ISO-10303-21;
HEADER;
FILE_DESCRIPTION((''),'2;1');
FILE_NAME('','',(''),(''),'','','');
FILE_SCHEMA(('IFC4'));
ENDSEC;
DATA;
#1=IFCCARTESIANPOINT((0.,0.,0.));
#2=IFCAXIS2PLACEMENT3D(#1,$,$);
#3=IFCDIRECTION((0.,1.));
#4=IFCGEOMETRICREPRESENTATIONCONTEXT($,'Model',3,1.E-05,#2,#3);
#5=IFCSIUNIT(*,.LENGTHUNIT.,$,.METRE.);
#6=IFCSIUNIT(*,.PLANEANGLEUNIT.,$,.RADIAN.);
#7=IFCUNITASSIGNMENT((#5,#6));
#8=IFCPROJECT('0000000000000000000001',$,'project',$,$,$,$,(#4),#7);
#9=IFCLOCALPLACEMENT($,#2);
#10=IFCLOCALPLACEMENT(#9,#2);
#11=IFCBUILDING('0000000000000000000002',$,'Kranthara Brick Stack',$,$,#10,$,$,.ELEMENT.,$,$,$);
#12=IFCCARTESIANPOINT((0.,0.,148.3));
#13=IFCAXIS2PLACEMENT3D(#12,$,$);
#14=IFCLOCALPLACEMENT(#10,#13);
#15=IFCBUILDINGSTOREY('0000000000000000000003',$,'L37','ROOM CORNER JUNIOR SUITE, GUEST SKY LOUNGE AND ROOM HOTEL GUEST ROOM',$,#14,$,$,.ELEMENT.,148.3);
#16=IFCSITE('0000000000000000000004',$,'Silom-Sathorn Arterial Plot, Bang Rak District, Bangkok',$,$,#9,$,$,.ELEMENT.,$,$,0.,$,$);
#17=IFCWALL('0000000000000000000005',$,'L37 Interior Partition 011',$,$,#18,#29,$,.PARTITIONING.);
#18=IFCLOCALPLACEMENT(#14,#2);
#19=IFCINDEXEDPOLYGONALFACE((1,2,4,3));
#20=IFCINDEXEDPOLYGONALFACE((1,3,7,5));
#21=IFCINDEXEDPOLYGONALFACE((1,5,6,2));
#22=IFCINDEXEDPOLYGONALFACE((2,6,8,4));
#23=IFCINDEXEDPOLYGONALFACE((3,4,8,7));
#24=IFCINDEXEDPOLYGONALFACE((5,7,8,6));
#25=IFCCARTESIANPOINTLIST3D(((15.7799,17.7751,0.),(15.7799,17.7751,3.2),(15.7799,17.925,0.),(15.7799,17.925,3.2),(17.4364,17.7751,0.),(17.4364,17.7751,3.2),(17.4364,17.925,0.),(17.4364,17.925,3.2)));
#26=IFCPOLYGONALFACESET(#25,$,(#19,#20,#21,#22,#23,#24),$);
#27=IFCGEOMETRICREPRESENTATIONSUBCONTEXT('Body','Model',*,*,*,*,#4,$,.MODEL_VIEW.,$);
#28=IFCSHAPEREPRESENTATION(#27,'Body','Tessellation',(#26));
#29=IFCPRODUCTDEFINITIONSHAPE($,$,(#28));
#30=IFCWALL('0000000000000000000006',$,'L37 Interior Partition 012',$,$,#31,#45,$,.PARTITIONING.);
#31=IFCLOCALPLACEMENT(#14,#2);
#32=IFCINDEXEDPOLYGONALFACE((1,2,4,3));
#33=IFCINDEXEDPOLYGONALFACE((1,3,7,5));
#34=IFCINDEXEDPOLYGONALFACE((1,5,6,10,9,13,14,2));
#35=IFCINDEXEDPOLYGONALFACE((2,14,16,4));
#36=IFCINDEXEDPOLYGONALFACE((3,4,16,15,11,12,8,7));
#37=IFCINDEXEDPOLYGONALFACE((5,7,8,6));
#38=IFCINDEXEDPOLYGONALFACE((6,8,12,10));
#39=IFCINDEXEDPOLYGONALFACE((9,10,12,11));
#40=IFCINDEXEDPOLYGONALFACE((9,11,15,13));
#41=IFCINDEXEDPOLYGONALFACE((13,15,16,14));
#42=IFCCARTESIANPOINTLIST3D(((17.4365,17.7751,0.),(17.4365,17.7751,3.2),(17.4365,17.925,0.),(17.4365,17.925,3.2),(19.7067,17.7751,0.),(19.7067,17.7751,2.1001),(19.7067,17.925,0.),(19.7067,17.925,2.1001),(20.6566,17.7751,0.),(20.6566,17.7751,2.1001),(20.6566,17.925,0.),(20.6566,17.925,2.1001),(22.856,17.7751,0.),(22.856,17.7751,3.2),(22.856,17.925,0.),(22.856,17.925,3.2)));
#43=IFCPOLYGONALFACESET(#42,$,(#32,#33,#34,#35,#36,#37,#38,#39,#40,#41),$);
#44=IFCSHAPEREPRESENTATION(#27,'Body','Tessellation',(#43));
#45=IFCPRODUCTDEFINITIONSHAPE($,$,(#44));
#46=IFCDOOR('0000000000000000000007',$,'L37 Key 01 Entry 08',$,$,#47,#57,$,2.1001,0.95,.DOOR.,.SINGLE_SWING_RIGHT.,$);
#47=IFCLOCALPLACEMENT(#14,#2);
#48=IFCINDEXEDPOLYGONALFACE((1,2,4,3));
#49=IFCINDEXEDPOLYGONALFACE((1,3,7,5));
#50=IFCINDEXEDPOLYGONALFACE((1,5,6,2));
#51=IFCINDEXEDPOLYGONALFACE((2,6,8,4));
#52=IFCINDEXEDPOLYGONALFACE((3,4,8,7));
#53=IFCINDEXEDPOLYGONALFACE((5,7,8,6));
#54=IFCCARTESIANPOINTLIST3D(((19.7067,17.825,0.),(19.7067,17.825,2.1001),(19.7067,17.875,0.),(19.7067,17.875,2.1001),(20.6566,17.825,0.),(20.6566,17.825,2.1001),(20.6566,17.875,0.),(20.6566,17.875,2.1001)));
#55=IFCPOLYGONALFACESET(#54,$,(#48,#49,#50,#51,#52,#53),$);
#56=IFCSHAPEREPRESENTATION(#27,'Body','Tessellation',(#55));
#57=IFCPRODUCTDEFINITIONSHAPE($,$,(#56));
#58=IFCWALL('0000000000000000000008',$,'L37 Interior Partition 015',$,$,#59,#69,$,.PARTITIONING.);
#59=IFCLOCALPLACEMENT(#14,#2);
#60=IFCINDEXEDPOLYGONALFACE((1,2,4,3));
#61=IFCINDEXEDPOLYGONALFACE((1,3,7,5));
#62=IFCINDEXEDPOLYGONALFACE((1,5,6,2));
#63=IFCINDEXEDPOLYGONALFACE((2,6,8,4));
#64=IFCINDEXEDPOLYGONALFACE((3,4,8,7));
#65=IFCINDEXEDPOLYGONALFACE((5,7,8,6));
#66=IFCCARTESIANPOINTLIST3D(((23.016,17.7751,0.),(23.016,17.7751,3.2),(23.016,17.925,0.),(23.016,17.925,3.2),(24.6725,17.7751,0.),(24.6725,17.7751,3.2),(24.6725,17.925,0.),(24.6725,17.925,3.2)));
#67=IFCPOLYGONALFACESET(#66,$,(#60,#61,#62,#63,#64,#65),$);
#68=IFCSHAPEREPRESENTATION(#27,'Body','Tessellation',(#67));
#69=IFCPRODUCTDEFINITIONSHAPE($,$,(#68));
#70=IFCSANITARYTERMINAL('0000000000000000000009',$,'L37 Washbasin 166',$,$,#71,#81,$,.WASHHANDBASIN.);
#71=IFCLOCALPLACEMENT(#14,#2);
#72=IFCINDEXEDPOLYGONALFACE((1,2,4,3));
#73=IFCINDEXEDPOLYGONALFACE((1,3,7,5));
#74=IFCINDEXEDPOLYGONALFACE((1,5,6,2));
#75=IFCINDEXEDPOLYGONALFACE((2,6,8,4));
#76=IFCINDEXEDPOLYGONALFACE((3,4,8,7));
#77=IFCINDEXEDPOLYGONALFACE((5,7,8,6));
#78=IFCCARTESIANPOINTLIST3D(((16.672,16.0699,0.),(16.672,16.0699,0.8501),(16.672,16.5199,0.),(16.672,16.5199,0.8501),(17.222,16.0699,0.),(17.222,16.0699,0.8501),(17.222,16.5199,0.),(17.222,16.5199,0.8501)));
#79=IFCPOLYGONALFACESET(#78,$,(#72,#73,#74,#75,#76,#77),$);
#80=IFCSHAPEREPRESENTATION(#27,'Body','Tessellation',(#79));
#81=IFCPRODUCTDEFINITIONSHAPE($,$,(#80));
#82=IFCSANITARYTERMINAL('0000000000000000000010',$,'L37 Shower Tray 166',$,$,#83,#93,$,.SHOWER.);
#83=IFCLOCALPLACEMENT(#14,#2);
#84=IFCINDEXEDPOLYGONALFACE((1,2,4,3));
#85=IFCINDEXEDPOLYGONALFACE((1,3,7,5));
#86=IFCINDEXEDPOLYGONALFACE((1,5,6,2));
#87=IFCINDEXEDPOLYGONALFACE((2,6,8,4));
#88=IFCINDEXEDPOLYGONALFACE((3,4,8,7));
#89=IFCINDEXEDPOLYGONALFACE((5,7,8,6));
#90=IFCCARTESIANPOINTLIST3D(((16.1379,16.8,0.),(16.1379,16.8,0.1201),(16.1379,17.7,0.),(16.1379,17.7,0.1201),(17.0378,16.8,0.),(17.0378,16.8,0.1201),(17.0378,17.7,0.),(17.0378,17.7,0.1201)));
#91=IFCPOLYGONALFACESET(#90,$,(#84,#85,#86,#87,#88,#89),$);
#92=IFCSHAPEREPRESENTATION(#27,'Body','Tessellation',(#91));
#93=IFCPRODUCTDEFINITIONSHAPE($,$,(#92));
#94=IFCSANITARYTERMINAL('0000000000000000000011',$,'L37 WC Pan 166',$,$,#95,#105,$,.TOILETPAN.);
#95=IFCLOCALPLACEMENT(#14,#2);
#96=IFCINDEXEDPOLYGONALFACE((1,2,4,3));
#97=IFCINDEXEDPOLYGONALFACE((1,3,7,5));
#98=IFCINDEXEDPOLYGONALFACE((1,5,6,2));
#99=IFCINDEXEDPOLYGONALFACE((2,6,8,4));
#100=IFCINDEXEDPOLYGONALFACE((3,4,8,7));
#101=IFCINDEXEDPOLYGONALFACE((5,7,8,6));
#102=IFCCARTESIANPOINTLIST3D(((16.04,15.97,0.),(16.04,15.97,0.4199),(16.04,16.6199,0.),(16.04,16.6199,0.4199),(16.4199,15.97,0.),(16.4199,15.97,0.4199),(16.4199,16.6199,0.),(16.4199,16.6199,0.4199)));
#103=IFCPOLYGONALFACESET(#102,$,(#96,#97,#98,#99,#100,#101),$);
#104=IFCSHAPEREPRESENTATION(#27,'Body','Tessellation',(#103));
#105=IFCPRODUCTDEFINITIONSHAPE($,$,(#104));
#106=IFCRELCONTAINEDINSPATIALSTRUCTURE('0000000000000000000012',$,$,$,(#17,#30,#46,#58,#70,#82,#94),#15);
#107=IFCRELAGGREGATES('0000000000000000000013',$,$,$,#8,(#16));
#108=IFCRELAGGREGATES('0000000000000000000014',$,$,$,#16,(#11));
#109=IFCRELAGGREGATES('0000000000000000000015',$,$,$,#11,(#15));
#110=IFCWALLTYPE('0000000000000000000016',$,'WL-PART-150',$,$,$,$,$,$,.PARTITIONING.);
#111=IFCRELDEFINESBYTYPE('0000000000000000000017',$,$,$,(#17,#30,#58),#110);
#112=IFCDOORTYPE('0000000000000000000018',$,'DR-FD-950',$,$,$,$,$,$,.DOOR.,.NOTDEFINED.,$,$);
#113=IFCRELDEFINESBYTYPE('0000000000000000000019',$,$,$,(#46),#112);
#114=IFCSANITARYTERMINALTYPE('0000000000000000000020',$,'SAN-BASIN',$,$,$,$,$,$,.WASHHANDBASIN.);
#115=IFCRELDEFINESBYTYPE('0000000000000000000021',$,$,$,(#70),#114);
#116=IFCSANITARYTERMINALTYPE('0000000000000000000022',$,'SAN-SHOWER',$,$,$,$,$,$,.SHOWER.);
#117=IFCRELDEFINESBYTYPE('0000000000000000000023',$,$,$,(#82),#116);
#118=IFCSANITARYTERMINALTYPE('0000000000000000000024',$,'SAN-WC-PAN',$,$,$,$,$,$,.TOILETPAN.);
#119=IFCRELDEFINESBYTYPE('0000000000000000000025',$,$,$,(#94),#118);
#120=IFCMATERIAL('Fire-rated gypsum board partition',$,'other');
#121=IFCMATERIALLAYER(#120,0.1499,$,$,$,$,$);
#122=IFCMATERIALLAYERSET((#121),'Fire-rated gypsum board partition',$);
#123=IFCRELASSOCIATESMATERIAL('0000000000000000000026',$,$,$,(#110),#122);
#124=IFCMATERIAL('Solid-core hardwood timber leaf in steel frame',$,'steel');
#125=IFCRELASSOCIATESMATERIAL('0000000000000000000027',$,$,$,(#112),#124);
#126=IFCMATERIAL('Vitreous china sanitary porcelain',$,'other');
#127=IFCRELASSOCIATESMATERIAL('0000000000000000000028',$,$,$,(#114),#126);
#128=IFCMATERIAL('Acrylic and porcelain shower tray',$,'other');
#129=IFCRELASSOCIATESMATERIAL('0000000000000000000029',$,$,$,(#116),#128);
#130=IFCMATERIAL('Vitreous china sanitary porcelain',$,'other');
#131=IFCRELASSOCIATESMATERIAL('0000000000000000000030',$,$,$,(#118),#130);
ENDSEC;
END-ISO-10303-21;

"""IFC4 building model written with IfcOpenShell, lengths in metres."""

from ifc_helpers import new_model, si_unit, direction, frame, frame_2d, origin, origin_2d, place, context, subcontext, project, spatial, rectangle, extrude, material, layer, layer_set, type_object, element, fill, save


model = new_model("IFC4")

# Units and contexts
model_context = context("Model", 3, precision=1e-05, world=origin(), true_north=direction((0.0, 1.0)))
body_context = subcontext(model_context, "Body", "Model", "MODEL_VIEW")
ifc_project = project(units=[si_unit("LENGTHUNIT", "METRE"), si_unit("PLANEANGLEUNIT", "RADIAN")], contexts=[model_context])

# Site, building, storey
site_placement = place(None, origin())
site = spatial("IfcSite", under=ifc_project, at=site_placement, Name="Silom-Sathorn Arterial Plot, Bang Rak District, Bangkok", CompositionType="ELEMENT", RefElevation=0.0)
building_placement = place(site_placement, origin())
building = spatial("IfcBuilding", under=site, at=building_placement, Name="Kranthara Brick Stack", CompositionType="ELEMENT")
storey_placement = place(building_placement, frame((0.0, 0.0, 148.3)))
storey = spatial("IfcBuildingStorey", under=building, at=storey_placement, Name="L37", Description="ROOM CORNER JUNIOR SUITE, GUEST SKY LOUNGE AND ROOM HOTEL GUEST ROOM", CompositionType="ELEMENT", Elevation=148.3)

# Wall
ifc_material_1 = material(Name="Fire-rated gypsum board partition", Category="other")
ifc_layer_1 = layer(ifc_material_1, 0.1499)
ifc_layer_set_1 = layer_set([ifc_layer_1], Name="Fire-rated gypsum board partition")
wall_type_1 = type_object("IfcWallType", Name="WL-PART-150", PredefinedType="PARTITIONING", material=ifc_layer_set_1)
wall_1_placement = place(storey_placement, frame((15.78, 17.8501, 0.0), z_axis=(0.0, 0.0, 1.0), x_axis=(1.0, 0.0, 0.0)))
element("IfcWall", 1, at=wall_1_placement, inside=storey, type_object=wall_type_1, Name="L37 Interior Partition 011", PredefinedType="PARTITIONING", context=body_context, shape_type="SweptSolid", body=[
    extrude(rectangle(XDim=1.6565, YDim=0.1499, at=frame_2d((0.8281, 0.0))), origin(), (0.0, 0.0, 1.0), 3.2),
])

# Wall, opening, door
wall_2_placement = place(storey_placement, frame((17.4365, 17.8501, 0.0), z_axis=(0.0, 0.0, 1.0), x_axis=(1.0, 0.0, 0.0)))
wall_2 = element("IfcWall", 2, at=wall_2_placement, inside=storey, type_object=wall_type_1, Name="L37 Interior Partition 012", PredefinedType="PARTITIONING", context=body_context, shape_type="SweptSolid", body=[
    extrude(rectangle(XDim=5.4194, YDim=0.1499, at=frame_2d((2.7097, 0.0))), origin(), (0.0, 0.0, 1.0), 3.2),
])
opening_1_placement = place(wall_2_placement, frame((2.27, 0.0, 0.0)))
opening_1 = element("IfcOpeningElement", 3, at=opening_1_placement, cuts=wall_2, PredefinedType="OPENING", context=body_context, shape_type="SweptSolid", body=[
    extrude(rectangle(XDim=0.95, YDim=2.1001, at=frame_2d((0.4751, 1.05))), frame((0.0, 0.085, 0.0), z_axis=(0.0, -1.0, 0.0), x_axis=(1.0, 0.0, 0.0)), (0.0, 0.0, 1.0), 0.1699),
])
ifc_material_2 = material(Name="Solid-core hardwood timber leaf in steel frame", Category="steel")
door_type_1 = type_object("IfcDoorType", Name="DR-FD-950", OperationType="NOTDEFINED", PredefinedType="DOOR", material=ifc_material_2)
door_1_placement = place(opening_1_placement, origin())
door_1 = element("IfcDoor", 4, at=door_1_placement, inside=storey, type_object=door_type_1, Name="L37 Key 01 Entry 08", OperationType="SINGLE_SWING_RIGHT", OverallHeight=2.1001, OverallWidth=0.95, PredefinedType="DOOR", context=body_context, shape_type="SweptSolid", body=[
    extrude(rectangle(XDim=0.95, YDim=2.1001, at=frame_2d((0.4751, 1.05))), frame((0.0, 0.0249, 0.0), z_axis=(0.0, -1.0, 0.0), x_axis=(1.0, 0.0, 0.0)), (0.0, 0.0, 1.0), 0.05),
])
fill(opening_1, door_1)

# Wall
wall_3_placement = place(storey_placement, frame((23.0161, 17.8501, 0.0), z_axis=(0.0, 0.0, 1.0), x_axis=(1.0, 0.0, 0.0)))
element("IfcWall", 5, at=wall_3_placement, inside=storey, type_object=wall_type_1, Name="L37 Interior Partition 015", PredefinedType="PARTITIONING", context=body_context, shape_type="SweptSolid", body=[
    extrude(rectangle(XDim=1.6565, YDim=0.1499, at=frame_2d((0.8281, 0.0))), origin(), (0.0, 0.0, 1.0), 3.2),
])

# Sanitary terminals
ifc_material_3 = material(Name="Vitreous china sanitary porcelain", Category="other")
sanitary_terminal_type_1 = type_object("IfcSanitaryTerminalType", Name="SAN-BASIN", PredefinedType="WASHHANDBASIN", material=ifc_material_3)
sanitary_terminal_1_placement = place(storey_placement, frame((16.947, 16.2949, 0.0), z_axis=(0.0, 0.0, 1.0), x_axis=(1.0, 0.0, 0.0)))
element("IfcSanitaryTerminal", 6, at=sanitary_terminal_1_placement, inside=storey, type_object=sanitary_terminal_type_1, Name="L37 Washbasin 166", PredefinedType="WASHHANDBASIN", context=body_context, shape_type="SweptSolid", body=[
    extrude(rectangle(XDim=0.55, YDim=0.45, at=origin_2d()), origin(), (0.0, 0.0, 1.0), 0.8501),
])
ifc_material_4 = material(Name="Acrylic and porcelain shower tray", Category="other")
sanitary_terminal_type_2 = type_object("IfcSanitaryTerminalType", Name="SAN-SHOWER", PredefinedType="SHOWER", material=ifc_material_4)
sanitary_terminal_2_placement = place(storey_placement, frame((16.5879, 17.25, 0.0), z_axis=(0.0, 0.0, 1.0), x_axis=(1.0, 0.0, 0.0)))
element("IfcSanitaryTerminal", 7, at=sanitary_terminal_2_placement, inside=storey, type_object=sanitary_terminal_type_2, Name="L37 Shower Tray 166", PredefinedType="SHOWER", context=body_context, shape_type="SweptSolid", body=[
    extrude(rectangle(XDim=0.8999, YDim=0.8999, at=origin_2d()), origin(), (0.0, 0.0, 1.0), 0.1201),
])
ifc_material_5 = material(Name="Vitreous china sanitary porcelain", Category="other")
sanitary_terminal_type_3 = type_object("IfcSanitaryTerminalType", Name="SAN-WC-PAN", PredefinedType="TOILETPAN", material=ifc_material_5)
sanitary_terminal_3_placement = place(storey_placement, frame((16.23, 16.2949, 0.0), z_axis=(0.0, 0.0, 1.0), x_axis=(1.0, 0.0, 0.0)))
element("IfcSanitaryTerminal", 8, at=sanitary_terminal_3_placement, inside=storey, type_object=sanitary_terminal_type_3, Name="L37 WC Pan 166", PredefinedType="TOILETPAN", context=body_context, shape_type="SweptSolid", body=[
    extrude(rectangle(XDim=0.3799, YDim=0.6499, at=origin_2d()), origin(), (0.0, 0.0, 1.0), 0.4199),
])

save(model, "model.ifc")
